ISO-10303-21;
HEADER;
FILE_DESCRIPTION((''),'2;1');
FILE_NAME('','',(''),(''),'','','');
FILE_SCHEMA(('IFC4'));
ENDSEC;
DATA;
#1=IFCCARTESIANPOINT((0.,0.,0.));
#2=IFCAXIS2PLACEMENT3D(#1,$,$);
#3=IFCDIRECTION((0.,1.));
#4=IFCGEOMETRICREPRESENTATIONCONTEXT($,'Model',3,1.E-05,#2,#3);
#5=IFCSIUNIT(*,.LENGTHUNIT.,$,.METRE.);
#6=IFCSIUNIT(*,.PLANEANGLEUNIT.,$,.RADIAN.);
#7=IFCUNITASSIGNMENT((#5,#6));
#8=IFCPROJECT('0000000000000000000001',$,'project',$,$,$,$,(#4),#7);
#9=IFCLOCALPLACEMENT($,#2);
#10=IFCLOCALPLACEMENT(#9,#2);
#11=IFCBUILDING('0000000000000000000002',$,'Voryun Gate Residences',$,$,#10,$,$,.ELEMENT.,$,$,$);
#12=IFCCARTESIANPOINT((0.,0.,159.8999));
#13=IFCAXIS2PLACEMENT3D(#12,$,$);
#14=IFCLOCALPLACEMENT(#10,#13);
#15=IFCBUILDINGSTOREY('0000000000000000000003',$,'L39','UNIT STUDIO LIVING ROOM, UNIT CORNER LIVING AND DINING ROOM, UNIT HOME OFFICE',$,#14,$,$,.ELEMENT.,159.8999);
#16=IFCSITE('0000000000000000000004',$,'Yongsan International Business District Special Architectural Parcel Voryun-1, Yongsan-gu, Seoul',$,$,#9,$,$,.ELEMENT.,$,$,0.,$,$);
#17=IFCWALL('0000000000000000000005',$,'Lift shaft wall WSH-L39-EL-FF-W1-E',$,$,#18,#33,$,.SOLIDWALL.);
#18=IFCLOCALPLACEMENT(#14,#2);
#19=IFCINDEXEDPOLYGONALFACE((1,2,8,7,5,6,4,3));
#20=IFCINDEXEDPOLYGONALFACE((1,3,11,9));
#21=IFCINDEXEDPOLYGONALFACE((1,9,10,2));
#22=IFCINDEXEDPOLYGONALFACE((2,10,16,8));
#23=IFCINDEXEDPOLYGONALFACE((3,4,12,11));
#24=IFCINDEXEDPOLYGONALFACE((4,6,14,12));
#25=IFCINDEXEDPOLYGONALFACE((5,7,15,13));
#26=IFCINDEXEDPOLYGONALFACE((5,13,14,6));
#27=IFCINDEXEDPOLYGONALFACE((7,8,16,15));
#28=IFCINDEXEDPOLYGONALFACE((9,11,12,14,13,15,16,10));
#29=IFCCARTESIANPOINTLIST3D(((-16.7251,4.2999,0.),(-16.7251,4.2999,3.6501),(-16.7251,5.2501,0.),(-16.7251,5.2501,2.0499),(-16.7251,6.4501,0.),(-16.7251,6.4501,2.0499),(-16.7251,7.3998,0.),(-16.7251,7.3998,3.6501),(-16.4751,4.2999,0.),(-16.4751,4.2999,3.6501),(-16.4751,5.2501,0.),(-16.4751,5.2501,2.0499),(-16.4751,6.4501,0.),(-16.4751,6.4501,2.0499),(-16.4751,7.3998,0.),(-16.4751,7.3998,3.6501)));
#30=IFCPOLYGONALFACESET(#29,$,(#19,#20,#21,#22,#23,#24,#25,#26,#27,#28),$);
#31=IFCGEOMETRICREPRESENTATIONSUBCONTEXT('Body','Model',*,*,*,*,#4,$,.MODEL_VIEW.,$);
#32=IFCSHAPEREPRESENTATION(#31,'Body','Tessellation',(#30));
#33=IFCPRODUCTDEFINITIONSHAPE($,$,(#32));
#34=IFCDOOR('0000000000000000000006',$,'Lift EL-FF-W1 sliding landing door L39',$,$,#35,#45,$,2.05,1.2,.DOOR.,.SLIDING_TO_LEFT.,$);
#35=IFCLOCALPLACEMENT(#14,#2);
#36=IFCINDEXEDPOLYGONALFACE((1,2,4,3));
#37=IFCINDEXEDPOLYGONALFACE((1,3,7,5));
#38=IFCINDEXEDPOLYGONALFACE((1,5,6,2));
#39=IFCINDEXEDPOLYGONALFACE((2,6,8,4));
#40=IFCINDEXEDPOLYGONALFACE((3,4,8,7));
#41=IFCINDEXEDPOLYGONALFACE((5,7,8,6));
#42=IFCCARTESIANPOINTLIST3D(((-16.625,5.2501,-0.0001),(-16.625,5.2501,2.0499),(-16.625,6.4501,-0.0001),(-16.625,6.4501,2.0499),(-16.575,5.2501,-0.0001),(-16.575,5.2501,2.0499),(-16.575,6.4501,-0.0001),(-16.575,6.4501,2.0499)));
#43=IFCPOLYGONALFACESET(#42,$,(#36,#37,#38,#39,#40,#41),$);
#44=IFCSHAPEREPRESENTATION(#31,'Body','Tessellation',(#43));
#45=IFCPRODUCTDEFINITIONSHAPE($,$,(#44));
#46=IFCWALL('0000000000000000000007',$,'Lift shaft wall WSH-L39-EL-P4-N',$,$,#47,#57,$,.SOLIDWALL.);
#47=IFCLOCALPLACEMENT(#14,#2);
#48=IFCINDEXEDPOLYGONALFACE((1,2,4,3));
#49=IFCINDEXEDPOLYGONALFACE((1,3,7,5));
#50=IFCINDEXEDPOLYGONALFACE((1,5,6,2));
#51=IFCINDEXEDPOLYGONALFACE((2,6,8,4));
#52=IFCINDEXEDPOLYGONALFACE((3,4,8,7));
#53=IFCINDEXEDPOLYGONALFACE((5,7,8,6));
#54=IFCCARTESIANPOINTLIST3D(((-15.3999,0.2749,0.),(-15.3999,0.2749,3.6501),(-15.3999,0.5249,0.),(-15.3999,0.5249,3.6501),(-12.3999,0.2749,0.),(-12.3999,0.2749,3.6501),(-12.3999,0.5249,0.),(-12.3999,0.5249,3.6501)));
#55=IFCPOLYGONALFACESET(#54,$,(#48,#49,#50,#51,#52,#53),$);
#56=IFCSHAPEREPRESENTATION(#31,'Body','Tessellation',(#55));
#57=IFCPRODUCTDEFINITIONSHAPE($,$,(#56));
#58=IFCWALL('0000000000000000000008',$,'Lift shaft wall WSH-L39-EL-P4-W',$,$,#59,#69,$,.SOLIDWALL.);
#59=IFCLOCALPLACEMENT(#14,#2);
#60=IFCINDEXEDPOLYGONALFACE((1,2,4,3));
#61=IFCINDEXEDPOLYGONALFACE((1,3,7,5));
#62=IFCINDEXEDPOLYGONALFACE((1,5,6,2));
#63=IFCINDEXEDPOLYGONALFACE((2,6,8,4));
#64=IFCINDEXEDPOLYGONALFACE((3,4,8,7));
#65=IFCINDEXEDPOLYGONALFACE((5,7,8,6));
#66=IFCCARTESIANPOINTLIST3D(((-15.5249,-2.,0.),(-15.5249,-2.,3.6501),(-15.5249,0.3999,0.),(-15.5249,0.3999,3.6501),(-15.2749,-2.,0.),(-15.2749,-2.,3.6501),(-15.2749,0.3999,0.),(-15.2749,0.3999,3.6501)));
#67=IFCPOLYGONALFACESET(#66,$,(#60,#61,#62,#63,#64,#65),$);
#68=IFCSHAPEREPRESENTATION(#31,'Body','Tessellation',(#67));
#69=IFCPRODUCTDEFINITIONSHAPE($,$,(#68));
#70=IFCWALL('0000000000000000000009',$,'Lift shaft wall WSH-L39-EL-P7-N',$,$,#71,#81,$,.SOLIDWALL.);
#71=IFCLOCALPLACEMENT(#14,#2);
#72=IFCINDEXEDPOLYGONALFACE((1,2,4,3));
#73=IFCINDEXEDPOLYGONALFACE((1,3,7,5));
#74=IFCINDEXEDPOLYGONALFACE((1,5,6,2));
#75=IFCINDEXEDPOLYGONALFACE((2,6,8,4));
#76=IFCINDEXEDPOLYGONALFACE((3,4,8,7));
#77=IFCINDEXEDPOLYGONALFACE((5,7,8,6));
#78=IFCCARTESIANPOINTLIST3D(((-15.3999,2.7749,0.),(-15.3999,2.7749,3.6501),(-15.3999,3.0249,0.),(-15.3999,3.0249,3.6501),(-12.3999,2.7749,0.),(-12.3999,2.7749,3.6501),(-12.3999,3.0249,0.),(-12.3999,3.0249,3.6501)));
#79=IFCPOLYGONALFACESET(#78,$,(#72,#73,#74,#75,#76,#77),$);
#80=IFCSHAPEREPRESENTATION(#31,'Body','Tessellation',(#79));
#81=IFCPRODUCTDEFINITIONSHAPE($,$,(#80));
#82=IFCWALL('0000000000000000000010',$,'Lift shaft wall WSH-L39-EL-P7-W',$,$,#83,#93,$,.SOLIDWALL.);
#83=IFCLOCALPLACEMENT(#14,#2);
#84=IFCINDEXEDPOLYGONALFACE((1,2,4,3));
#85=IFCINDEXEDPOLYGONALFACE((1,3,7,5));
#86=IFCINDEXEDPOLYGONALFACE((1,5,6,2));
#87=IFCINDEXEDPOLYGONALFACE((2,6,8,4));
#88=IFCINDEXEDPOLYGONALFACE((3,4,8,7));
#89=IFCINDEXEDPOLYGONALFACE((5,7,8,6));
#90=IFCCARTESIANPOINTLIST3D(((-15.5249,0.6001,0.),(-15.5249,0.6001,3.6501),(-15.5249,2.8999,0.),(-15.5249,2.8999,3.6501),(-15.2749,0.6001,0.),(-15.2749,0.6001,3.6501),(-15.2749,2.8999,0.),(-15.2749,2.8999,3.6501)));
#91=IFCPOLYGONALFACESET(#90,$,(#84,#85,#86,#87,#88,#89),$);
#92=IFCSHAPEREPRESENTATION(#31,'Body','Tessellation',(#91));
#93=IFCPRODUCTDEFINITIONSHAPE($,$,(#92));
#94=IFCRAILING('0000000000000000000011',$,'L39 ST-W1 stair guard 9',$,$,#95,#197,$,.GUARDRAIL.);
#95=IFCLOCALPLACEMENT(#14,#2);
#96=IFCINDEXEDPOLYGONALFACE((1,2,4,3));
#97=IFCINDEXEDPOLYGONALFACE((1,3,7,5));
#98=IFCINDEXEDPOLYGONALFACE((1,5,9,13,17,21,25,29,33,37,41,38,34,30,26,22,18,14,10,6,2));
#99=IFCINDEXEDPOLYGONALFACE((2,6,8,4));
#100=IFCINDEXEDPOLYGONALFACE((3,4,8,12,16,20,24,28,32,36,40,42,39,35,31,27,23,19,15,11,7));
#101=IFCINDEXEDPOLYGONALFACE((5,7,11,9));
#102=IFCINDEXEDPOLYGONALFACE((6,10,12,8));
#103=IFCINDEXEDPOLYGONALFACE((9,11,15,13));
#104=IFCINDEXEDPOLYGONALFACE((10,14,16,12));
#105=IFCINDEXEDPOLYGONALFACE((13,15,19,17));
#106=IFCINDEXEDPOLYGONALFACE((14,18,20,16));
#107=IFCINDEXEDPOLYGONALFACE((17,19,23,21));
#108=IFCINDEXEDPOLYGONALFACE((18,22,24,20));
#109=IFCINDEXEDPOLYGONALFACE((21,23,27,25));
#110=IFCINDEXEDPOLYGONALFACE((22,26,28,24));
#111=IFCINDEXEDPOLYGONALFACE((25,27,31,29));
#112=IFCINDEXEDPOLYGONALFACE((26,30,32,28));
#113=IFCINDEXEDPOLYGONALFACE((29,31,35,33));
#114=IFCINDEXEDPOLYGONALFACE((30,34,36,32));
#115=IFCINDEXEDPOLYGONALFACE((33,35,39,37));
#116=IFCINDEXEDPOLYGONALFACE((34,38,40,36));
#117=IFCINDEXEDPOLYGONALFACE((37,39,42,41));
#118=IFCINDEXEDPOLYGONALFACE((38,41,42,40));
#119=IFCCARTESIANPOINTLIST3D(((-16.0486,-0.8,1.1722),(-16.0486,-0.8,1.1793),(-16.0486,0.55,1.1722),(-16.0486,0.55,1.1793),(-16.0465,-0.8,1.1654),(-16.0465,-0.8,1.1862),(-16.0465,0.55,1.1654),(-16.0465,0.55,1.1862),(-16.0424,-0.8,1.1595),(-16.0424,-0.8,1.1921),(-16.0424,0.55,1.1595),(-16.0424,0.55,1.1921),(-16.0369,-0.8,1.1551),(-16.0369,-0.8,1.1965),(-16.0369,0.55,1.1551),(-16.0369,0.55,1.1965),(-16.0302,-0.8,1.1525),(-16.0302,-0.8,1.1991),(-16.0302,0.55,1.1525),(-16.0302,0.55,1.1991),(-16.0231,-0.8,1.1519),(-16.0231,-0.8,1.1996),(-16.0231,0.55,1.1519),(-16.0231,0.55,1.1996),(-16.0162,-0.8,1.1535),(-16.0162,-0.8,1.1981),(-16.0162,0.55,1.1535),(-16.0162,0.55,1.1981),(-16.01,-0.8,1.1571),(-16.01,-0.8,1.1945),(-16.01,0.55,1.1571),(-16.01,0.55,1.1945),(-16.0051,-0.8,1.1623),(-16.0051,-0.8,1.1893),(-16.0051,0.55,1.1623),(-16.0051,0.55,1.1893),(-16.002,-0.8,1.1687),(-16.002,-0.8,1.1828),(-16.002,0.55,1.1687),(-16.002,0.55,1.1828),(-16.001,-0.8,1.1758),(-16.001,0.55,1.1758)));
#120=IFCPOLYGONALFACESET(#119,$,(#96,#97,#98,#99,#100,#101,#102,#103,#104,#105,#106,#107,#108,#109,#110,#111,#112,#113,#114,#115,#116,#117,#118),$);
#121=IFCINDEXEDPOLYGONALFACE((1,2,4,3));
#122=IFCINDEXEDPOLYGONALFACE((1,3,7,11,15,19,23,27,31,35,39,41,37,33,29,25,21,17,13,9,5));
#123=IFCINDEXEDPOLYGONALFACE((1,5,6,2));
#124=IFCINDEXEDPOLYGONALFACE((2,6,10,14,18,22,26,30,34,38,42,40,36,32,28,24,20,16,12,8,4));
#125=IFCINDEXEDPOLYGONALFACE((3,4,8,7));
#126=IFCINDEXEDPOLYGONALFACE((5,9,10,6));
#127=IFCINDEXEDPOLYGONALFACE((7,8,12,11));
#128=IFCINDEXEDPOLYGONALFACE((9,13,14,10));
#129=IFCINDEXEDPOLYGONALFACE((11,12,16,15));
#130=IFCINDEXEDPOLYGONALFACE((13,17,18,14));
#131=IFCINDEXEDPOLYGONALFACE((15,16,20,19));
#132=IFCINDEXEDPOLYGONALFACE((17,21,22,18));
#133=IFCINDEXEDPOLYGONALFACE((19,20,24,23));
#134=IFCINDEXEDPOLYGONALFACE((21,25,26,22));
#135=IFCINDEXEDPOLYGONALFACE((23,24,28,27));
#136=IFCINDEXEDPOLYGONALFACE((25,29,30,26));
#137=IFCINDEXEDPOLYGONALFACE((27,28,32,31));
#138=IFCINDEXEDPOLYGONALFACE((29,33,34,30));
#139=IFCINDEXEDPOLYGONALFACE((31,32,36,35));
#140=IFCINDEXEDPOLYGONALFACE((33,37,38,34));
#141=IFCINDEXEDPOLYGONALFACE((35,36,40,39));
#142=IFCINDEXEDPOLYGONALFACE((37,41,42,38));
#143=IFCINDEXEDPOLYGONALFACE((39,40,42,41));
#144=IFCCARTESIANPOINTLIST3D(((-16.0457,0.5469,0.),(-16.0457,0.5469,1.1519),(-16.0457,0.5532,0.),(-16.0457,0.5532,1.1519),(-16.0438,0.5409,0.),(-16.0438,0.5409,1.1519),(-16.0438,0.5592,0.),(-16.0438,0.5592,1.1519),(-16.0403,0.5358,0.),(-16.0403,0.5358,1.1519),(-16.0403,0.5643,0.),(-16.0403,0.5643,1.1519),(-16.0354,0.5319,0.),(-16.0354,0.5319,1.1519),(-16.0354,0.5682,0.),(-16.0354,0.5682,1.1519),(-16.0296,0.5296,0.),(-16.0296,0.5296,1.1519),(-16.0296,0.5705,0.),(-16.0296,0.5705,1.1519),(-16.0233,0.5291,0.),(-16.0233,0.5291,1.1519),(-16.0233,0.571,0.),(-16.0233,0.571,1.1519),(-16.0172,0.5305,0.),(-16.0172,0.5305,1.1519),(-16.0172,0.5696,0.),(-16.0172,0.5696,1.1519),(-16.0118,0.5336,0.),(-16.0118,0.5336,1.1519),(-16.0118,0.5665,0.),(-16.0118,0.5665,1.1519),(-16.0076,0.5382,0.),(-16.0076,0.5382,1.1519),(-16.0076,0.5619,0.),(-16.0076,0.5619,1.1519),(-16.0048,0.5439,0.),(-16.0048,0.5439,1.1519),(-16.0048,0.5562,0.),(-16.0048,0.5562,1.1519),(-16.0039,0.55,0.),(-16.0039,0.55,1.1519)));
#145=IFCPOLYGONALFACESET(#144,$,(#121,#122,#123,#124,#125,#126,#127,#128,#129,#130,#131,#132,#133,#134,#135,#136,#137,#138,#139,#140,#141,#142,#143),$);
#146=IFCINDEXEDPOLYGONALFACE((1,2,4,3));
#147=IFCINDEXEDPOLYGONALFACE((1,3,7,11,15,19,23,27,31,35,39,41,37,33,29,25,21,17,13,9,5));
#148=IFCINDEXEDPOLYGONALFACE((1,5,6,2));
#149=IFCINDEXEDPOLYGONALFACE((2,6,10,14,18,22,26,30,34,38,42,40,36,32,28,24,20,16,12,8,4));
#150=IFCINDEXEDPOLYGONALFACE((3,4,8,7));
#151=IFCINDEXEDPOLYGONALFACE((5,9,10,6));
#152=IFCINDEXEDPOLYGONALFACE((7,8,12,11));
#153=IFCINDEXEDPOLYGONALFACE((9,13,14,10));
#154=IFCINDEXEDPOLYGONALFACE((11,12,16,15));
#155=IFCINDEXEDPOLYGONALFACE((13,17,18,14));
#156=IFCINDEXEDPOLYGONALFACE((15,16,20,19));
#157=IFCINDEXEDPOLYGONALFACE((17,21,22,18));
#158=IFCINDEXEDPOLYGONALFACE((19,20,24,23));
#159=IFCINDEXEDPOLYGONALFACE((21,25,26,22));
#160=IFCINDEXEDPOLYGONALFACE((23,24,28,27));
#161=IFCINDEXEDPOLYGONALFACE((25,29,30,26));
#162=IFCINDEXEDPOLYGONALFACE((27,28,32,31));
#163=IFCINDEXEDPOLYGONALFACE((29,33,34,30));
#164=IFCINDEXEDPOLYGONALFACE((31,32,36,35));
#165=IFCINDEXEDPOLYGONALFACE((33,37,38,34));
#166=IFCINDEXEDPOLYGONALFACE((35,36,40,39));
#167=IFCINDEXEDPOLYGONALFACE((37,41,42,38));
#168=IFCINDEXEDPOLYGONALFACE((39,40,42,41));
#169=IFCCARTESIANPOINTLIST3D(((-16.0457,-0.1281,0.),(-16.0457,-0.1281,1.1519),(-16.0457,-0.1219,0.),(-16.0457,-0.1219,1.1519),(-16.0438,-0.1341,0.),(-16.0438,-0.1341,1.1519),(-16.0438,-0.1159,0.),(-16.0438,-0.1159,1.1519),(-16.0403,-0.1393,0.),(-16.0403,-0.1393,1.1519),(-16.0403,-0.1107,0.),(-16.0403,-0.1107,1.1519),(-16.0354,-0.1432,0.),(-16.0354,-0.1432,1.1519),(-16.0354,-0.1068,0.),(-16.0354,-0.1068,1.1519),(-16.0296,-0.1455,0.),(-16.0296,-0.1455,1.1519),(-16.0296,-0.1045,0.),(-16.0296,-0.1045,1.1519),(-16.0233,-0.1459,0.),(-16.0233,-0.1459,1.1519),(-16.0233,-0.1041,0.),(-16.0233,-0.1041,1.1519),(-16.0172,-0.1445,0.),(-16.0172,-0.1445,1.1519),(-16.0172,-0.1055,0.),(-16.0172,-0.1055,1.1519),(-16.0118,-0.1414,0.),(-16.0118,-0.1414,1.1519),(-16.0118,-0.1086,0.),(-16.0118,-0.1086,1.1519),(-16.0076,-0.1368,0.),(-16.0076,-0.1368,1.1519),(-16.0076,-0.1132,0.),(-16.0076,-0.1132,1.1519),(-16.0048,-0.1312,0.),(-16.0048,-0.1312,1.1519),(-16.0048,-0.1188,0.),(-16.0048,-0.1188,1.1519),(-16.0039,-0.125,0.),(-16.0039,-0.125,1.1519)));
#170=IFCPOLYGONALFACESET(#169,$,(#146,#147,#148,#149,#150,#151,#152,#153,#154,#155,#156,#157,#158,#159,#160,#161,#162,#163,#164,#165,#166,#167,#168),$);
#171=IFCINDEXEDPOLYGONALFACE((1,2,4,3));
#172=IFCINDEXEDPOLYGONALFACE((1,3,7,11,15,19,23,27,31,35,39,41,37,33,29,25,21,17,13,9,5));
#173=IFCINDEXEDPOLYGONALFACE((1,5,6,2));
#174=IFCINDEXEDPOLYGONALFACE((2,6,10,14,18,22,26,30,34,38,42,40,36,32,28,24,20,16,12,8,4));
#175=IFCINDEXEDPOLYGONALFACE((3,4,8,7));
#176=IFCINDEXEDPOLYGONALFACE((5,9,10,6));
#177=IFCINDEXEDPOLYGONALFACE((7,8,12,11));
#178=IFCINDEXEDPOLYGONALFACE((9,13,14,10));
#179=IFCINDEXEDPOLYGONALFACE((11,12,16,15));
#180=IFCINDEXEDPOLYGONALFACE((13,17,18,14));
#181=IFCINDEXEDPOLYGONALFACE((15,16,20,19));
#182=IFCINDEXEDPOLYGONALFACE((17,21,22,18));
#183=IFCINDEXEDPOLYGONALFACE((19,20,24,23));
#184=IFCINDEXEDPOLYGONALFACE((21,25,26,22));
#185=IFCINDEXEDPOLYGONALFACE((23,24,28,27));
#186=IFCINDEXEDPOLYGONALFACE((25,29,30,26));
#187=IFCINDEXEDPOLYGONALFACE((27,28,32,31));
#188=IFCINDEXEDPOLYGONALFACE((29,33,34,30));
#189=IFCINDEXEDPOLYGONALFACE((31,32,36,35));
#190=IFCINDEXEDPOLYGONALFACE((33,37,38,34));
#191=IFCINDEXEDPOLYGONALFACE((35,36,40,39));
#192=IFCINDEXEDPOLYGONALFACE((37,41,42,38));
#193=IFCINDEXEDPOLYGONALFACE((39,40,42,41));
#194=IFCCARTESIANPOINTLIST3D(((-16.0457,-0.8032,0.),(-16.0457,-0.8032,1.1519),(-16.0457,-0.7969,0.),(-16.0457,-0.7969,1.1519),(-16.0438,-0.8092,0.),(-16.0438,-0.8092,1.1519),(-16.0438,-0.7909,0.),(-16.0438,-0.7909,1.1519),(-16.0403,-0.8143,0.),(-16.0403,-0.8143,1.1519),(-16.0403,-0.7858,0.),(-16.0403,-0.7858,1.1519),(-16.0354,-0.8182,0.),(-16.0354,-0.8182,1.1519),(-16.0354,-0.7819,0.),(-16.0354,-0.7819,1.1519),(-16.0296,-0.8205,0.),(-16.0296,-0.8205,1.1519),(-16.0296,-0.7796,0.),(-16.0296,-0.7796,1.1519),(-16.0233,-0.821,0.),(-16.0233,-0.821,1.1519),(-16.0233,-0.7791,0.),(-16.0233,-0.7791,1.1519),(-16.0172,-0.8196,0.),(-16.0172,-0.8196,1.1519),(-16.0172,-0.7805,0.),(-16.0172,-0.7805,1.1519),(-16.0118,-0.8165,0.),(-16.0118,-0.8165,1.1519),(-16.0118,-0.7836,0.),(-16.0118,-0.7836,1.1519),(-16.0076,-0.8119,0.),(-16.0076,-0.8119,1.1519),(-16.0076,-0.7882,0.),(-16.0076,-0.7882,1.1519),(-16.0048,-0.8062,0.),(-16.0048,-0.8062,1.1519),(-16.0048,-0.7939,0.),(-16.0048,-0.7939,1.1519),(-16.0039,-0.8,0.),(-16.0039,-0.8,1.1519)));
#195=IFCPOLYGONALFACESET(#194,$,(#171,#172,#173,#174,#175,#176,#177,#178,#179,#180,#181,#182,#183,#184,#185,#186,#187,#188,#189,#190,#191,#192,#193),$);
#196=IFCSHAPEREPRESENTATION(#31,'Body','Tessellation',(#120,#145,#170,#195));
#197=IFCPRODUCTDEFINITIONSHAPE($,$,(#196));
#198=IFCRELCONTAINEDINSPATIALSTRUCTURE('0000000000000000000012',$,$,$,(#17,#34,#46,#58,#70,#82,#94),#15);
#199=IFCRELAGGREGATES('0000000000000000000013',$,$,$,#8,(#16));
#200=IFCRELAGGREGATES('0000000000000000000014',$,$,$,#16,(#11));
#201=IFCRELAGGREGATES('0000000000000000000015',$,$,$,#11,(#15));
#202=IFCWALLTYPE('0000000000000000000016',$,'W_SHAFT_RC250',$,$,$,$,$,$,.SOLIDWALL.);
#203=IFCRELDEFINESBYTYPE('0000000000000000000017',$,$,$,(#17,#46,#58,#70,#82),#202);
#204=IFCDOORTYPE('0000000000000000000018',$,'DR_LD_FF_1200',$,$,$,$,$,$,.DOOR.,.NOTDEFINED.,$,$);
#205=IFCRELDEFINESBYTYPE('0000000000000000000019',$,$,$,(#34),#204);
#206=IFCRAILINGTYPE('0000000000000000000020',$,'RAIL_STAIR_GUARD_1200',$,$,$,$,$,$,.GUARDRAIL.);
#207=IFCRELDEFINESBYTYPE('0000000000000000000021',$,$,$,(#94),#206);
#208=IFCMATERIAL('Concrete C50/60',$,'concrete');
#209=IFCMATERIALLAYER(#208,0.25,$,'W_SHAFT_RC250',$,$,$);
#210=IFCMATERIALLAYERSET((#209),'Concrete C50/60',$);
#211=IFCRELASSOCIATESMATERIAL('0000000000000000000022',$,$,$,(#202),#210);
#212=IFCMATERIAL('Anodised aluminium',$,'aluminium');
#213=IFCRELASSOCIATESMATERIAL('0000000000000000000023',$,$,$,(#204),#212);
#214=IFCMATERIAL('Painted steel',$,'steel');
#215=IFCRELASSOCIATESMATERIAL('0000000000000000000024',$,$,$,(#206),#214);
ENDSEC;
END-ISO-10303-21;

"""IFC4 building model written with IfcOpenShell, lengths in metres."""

from ifc_helpers import new_model, si_unit, direction, frame, frame_2d, origin, origin_2d, place, context, subcontext, project, spatial, rectangle, circle, extrude, material, layer, layer_set, type_object, element, fill, save


model = new_model("IFC4")

# Units and contexts
model_context = context("Model", 3, precision=1e-05, world=origin(), true_north=direction((0.0, 1.0)))
body_context = subcontext(model_context, "Body", "Model", "MODEL_VIEW")
ifc_project = project(units=[si_unit("LENGTHUNIT", "METRE"), si_unit("PLANEANGLEUNIT", "RADIAN")], contexts=[model_context])

# Site, building, storey
site_placement = place(None, origin())
site = spatial("IfcSite", under=ifc_project, at=site_placement, Name="Yongsan International Business District Special Architectural Parcel Voryun-1, Yongsan-gu, Seoul", CompositionType="ELEMENT", RefElevation=0.0)
building_placement = place(site_placement, origin())
building = spatial("IfcBuilding", under=site, at=building_placement, Name="Voryun Gate Residences", CompositionType="ELEMENT")
storey_placement = place(building_placement, frame((0.0, 0.0, 159.8999)))
storey = spatial("IfcBuildingStorey", under=building, at=storey_placement, Name="L39", Description="UNIT STUDIO LIVING ROOM, UNIT CORNER LIVING AND DINING ROOM, UNIT HOME OFFICE", CompositionType="ELEMENT", Elevation=159.8999)

# Wall, opening, door
ifc_material_1 = material(Name="Concrete C50/60", Category="concrete")
ifc_layer_1 = layer(ifc_material_1, 0.25, Name="W_SHAFT_RC250")
ifc_layer_set_1 = layer_set([ifc_layer_1], Name="Concrete C50/60")
wall_type_1 = type_object("IfcWallType", Name="W_SHAFT_RC250", PredefinedType="SOLIDWALL", material=ifc_layer_set_1)
wall_1_placement = place(storey_placement, frame((-16.6001, 4.3, 0.0), z_axis=(0.0, 0.0, 1.0), x_axis=(0.0, 1.0, 0.0)))
wall_1 = element("IfcWall", 1, at=wall_1_placement, inside=storey, type_object=wall_type_1, Name="Lift shaft wall WSH-L39-EL-FF-W1-E", PredefinedType="SOLIDWALL", context=body_context, shape_type="SweptSolid", body=[
    extrude(rectangle(XDim=3.0999, YDim=0.25, at=frame_2d((1.5498, 0.0))), origin(), (0.0, 0.0, 1.0), 3.6501),
])
opening_1_placement = place(wall_1_placement, frame((0.95, 0.0, 0.0)))
opening_1 = element("IfcOpeningElement", 2, at=opening_1_placement, cuts=wall_1, PredefinedType="OPENING", context=body_context, shape_type="SweptSolid", body=[
    extrude(rectangle(XDim=1.2, YDim=2.05, at=frame_2d((0.6001, 1.0249))), frame((0.0, 0.135, 0.0), z_axis=(0.0, -1.0, 0.0), x_axis=(1.0, 0.0, 0.0)), (0.0, 0.0, 1.0), 0.27),
])
ifc_material_2 = material(Name="Anodised aluminium", Category="aluminium")
door_type_1 = type_object("IfcDoorType", Name="DR_LD_FF_1200", OperationType="NOTDEFINED", PredefinedType="DOOR", material=ifc_material_2)
door_1_placement = place(opening_1_placement, origin())
door_1 = element("IfcDoor", 3, at=door_1_placement, inside=storey, type_object=door_type_1, Name="Lift EL-FF-W1 sliding landing door L39", OperationType="SLIDING_TO_LEFT", OverallHeight=2.05, OverallWidth=1.2, PredefinedType="DOOR", context=body_context, shape_type="SweptSolid", body=[
    extrude(rectangle(XDim=1.2, YDim=2.05, at=frame_2d((0.6001, 1.0249))), frame((0.0, 0.0249, 0.0), z_axis=(0.0, -1.0, 0.0), x_axis=(1.0, 0.0, 0.0)), (0.0, 0.0, 1.0), 0.05),
])
fill(opening_1, door_1)

# Walls
wall_2_placement = place(storey_placement, frame((-12.3999, 0.3999, 0.0), z_axis=(0.0, 0.0, 1.0), x_axis=(-1.0, 0.0, 0.0)))
element("IfcWall", 4, at=wall_2_placement, inside=storey, type_object=wall_type_1, Name="Lift shaft wall WSH-L39-EL-P4-N", PredefinedType="SOLIDWALL", context=body_context, shape_type="SweptSolid", body=[
    extrude(rectangle(XDim=3.0, YDim=0.25, at=frame_2d((1.5, 0.0))), origin(), (0.0, 0.0, 1.0), 3.6501),
])
wall_3_placement = place(storey_placement, frame((-15.3999, 0.3999, 0.0), z_axis=(0.0, 0.0, 1.0), x_axis=(0.0, -1.0, 0.0)))
element("IfcWall", 5, at=wall_3_placement, inside=storey, type_object=wall_type_1, Name="Lift shaft wall WSH-L39-EL-P4-W", PredefinedType="SOLIDWALL", context=body_context, shape_type="SweptSolid", body=[
    extrude(rectangle(XDim=2.3999, YDim=0.25, at=frame_2d((1.2, 0.0))), origin(), (0.0, 0.0, 1.0), 3.6501),
])
wall_4_placement = place(storey_placement, frame((-12.3999, 2.8999, 0.0), z_axis=(0.0, 0.0, 1.0), x_axis=(-1.0, 0.0, 0.0)))
element("IfcWall", 6, at=wall_4_placement, inside=storey, type_object=wall_type_1, Name="Lift shaft wall WSH-L39-EL-P7-N", PredefinedType="SOLIDWALL", context=body_context, shape_type="SweptSolid", body=[
    extrude(rectangle(XDim=3.0, YDim=0.25, at=frame_2d((1.5, 0.0))), origin(), (0.0, 0.0, 1.0), 3.6501),
])
wall_5_placement = place(storey_placement, frame((-15.3999, 2.8999, 0.0), z_axis=(0.0, 0.0, 1.0), x_axis=(0.0, -1.0, 0.0)))
element("IfcWall", 7, at=wall_5_placement, inside=storey, type_object=wall_type_1, Name="Lift shaft wall WSH-L39-EL-P7-W", PredefinedType="SOLIDWALL", context=body_context, shape_type="SweptSolid", body=[
    extrude(rectangle(XDim=2.2998, YDim=0.25, at=frame_2d((1.1499, 0.0))), origin(), (0.0, 0.0, 1.0), 3.6501),
])

# Railing
ifc_material_3 = material(Name="Painted steel", Category="steel")
railing_type = type_object("IfcRailingType", Name="RAIL_STAIR_GUARD_1200", PredefinedType="GUARDRAIL", material=ifc_material_3)
railing_1_placement = place(storey_placement, frame((-16.0249, 0.55, 0.0)))
element("IfcRailing", 8, at=railing_1_placement, inside=storey, type_object=railing_type, Name="L39 ST-W1 stair guard 9", PredefinedType="GUARDRAIL", context=body_context, shape_type="SweptSolid", body=[
    extrude(circle(Radius=0.0239, at=origin_2d()), frame((0.0, 0.0, 1.1758), z_axis=(0.0, -1.0, 0.0), x_axis=(1.0, 0.0, 0.0)), (0.0, 0.0, 1.0), 1.3501),
    extrude(circle(Radius=0.021, at=origin_2d()), origin(), (0.0, 0.0, 1.0), 1.1519),
    extrude(circle(Radius=0.021, at=origin_2d()), frame((0.0, -0.675, 0.0)), (0.0, 0.0, 1.0), 1.1519),
    extrude(circle(Radius=0.021, at=origin_2d()), frame((0.0, -1.3501, 0.0)), (0.0, 0.0, 1.0), 1.1519),
])

save(model, "model.ifc")
